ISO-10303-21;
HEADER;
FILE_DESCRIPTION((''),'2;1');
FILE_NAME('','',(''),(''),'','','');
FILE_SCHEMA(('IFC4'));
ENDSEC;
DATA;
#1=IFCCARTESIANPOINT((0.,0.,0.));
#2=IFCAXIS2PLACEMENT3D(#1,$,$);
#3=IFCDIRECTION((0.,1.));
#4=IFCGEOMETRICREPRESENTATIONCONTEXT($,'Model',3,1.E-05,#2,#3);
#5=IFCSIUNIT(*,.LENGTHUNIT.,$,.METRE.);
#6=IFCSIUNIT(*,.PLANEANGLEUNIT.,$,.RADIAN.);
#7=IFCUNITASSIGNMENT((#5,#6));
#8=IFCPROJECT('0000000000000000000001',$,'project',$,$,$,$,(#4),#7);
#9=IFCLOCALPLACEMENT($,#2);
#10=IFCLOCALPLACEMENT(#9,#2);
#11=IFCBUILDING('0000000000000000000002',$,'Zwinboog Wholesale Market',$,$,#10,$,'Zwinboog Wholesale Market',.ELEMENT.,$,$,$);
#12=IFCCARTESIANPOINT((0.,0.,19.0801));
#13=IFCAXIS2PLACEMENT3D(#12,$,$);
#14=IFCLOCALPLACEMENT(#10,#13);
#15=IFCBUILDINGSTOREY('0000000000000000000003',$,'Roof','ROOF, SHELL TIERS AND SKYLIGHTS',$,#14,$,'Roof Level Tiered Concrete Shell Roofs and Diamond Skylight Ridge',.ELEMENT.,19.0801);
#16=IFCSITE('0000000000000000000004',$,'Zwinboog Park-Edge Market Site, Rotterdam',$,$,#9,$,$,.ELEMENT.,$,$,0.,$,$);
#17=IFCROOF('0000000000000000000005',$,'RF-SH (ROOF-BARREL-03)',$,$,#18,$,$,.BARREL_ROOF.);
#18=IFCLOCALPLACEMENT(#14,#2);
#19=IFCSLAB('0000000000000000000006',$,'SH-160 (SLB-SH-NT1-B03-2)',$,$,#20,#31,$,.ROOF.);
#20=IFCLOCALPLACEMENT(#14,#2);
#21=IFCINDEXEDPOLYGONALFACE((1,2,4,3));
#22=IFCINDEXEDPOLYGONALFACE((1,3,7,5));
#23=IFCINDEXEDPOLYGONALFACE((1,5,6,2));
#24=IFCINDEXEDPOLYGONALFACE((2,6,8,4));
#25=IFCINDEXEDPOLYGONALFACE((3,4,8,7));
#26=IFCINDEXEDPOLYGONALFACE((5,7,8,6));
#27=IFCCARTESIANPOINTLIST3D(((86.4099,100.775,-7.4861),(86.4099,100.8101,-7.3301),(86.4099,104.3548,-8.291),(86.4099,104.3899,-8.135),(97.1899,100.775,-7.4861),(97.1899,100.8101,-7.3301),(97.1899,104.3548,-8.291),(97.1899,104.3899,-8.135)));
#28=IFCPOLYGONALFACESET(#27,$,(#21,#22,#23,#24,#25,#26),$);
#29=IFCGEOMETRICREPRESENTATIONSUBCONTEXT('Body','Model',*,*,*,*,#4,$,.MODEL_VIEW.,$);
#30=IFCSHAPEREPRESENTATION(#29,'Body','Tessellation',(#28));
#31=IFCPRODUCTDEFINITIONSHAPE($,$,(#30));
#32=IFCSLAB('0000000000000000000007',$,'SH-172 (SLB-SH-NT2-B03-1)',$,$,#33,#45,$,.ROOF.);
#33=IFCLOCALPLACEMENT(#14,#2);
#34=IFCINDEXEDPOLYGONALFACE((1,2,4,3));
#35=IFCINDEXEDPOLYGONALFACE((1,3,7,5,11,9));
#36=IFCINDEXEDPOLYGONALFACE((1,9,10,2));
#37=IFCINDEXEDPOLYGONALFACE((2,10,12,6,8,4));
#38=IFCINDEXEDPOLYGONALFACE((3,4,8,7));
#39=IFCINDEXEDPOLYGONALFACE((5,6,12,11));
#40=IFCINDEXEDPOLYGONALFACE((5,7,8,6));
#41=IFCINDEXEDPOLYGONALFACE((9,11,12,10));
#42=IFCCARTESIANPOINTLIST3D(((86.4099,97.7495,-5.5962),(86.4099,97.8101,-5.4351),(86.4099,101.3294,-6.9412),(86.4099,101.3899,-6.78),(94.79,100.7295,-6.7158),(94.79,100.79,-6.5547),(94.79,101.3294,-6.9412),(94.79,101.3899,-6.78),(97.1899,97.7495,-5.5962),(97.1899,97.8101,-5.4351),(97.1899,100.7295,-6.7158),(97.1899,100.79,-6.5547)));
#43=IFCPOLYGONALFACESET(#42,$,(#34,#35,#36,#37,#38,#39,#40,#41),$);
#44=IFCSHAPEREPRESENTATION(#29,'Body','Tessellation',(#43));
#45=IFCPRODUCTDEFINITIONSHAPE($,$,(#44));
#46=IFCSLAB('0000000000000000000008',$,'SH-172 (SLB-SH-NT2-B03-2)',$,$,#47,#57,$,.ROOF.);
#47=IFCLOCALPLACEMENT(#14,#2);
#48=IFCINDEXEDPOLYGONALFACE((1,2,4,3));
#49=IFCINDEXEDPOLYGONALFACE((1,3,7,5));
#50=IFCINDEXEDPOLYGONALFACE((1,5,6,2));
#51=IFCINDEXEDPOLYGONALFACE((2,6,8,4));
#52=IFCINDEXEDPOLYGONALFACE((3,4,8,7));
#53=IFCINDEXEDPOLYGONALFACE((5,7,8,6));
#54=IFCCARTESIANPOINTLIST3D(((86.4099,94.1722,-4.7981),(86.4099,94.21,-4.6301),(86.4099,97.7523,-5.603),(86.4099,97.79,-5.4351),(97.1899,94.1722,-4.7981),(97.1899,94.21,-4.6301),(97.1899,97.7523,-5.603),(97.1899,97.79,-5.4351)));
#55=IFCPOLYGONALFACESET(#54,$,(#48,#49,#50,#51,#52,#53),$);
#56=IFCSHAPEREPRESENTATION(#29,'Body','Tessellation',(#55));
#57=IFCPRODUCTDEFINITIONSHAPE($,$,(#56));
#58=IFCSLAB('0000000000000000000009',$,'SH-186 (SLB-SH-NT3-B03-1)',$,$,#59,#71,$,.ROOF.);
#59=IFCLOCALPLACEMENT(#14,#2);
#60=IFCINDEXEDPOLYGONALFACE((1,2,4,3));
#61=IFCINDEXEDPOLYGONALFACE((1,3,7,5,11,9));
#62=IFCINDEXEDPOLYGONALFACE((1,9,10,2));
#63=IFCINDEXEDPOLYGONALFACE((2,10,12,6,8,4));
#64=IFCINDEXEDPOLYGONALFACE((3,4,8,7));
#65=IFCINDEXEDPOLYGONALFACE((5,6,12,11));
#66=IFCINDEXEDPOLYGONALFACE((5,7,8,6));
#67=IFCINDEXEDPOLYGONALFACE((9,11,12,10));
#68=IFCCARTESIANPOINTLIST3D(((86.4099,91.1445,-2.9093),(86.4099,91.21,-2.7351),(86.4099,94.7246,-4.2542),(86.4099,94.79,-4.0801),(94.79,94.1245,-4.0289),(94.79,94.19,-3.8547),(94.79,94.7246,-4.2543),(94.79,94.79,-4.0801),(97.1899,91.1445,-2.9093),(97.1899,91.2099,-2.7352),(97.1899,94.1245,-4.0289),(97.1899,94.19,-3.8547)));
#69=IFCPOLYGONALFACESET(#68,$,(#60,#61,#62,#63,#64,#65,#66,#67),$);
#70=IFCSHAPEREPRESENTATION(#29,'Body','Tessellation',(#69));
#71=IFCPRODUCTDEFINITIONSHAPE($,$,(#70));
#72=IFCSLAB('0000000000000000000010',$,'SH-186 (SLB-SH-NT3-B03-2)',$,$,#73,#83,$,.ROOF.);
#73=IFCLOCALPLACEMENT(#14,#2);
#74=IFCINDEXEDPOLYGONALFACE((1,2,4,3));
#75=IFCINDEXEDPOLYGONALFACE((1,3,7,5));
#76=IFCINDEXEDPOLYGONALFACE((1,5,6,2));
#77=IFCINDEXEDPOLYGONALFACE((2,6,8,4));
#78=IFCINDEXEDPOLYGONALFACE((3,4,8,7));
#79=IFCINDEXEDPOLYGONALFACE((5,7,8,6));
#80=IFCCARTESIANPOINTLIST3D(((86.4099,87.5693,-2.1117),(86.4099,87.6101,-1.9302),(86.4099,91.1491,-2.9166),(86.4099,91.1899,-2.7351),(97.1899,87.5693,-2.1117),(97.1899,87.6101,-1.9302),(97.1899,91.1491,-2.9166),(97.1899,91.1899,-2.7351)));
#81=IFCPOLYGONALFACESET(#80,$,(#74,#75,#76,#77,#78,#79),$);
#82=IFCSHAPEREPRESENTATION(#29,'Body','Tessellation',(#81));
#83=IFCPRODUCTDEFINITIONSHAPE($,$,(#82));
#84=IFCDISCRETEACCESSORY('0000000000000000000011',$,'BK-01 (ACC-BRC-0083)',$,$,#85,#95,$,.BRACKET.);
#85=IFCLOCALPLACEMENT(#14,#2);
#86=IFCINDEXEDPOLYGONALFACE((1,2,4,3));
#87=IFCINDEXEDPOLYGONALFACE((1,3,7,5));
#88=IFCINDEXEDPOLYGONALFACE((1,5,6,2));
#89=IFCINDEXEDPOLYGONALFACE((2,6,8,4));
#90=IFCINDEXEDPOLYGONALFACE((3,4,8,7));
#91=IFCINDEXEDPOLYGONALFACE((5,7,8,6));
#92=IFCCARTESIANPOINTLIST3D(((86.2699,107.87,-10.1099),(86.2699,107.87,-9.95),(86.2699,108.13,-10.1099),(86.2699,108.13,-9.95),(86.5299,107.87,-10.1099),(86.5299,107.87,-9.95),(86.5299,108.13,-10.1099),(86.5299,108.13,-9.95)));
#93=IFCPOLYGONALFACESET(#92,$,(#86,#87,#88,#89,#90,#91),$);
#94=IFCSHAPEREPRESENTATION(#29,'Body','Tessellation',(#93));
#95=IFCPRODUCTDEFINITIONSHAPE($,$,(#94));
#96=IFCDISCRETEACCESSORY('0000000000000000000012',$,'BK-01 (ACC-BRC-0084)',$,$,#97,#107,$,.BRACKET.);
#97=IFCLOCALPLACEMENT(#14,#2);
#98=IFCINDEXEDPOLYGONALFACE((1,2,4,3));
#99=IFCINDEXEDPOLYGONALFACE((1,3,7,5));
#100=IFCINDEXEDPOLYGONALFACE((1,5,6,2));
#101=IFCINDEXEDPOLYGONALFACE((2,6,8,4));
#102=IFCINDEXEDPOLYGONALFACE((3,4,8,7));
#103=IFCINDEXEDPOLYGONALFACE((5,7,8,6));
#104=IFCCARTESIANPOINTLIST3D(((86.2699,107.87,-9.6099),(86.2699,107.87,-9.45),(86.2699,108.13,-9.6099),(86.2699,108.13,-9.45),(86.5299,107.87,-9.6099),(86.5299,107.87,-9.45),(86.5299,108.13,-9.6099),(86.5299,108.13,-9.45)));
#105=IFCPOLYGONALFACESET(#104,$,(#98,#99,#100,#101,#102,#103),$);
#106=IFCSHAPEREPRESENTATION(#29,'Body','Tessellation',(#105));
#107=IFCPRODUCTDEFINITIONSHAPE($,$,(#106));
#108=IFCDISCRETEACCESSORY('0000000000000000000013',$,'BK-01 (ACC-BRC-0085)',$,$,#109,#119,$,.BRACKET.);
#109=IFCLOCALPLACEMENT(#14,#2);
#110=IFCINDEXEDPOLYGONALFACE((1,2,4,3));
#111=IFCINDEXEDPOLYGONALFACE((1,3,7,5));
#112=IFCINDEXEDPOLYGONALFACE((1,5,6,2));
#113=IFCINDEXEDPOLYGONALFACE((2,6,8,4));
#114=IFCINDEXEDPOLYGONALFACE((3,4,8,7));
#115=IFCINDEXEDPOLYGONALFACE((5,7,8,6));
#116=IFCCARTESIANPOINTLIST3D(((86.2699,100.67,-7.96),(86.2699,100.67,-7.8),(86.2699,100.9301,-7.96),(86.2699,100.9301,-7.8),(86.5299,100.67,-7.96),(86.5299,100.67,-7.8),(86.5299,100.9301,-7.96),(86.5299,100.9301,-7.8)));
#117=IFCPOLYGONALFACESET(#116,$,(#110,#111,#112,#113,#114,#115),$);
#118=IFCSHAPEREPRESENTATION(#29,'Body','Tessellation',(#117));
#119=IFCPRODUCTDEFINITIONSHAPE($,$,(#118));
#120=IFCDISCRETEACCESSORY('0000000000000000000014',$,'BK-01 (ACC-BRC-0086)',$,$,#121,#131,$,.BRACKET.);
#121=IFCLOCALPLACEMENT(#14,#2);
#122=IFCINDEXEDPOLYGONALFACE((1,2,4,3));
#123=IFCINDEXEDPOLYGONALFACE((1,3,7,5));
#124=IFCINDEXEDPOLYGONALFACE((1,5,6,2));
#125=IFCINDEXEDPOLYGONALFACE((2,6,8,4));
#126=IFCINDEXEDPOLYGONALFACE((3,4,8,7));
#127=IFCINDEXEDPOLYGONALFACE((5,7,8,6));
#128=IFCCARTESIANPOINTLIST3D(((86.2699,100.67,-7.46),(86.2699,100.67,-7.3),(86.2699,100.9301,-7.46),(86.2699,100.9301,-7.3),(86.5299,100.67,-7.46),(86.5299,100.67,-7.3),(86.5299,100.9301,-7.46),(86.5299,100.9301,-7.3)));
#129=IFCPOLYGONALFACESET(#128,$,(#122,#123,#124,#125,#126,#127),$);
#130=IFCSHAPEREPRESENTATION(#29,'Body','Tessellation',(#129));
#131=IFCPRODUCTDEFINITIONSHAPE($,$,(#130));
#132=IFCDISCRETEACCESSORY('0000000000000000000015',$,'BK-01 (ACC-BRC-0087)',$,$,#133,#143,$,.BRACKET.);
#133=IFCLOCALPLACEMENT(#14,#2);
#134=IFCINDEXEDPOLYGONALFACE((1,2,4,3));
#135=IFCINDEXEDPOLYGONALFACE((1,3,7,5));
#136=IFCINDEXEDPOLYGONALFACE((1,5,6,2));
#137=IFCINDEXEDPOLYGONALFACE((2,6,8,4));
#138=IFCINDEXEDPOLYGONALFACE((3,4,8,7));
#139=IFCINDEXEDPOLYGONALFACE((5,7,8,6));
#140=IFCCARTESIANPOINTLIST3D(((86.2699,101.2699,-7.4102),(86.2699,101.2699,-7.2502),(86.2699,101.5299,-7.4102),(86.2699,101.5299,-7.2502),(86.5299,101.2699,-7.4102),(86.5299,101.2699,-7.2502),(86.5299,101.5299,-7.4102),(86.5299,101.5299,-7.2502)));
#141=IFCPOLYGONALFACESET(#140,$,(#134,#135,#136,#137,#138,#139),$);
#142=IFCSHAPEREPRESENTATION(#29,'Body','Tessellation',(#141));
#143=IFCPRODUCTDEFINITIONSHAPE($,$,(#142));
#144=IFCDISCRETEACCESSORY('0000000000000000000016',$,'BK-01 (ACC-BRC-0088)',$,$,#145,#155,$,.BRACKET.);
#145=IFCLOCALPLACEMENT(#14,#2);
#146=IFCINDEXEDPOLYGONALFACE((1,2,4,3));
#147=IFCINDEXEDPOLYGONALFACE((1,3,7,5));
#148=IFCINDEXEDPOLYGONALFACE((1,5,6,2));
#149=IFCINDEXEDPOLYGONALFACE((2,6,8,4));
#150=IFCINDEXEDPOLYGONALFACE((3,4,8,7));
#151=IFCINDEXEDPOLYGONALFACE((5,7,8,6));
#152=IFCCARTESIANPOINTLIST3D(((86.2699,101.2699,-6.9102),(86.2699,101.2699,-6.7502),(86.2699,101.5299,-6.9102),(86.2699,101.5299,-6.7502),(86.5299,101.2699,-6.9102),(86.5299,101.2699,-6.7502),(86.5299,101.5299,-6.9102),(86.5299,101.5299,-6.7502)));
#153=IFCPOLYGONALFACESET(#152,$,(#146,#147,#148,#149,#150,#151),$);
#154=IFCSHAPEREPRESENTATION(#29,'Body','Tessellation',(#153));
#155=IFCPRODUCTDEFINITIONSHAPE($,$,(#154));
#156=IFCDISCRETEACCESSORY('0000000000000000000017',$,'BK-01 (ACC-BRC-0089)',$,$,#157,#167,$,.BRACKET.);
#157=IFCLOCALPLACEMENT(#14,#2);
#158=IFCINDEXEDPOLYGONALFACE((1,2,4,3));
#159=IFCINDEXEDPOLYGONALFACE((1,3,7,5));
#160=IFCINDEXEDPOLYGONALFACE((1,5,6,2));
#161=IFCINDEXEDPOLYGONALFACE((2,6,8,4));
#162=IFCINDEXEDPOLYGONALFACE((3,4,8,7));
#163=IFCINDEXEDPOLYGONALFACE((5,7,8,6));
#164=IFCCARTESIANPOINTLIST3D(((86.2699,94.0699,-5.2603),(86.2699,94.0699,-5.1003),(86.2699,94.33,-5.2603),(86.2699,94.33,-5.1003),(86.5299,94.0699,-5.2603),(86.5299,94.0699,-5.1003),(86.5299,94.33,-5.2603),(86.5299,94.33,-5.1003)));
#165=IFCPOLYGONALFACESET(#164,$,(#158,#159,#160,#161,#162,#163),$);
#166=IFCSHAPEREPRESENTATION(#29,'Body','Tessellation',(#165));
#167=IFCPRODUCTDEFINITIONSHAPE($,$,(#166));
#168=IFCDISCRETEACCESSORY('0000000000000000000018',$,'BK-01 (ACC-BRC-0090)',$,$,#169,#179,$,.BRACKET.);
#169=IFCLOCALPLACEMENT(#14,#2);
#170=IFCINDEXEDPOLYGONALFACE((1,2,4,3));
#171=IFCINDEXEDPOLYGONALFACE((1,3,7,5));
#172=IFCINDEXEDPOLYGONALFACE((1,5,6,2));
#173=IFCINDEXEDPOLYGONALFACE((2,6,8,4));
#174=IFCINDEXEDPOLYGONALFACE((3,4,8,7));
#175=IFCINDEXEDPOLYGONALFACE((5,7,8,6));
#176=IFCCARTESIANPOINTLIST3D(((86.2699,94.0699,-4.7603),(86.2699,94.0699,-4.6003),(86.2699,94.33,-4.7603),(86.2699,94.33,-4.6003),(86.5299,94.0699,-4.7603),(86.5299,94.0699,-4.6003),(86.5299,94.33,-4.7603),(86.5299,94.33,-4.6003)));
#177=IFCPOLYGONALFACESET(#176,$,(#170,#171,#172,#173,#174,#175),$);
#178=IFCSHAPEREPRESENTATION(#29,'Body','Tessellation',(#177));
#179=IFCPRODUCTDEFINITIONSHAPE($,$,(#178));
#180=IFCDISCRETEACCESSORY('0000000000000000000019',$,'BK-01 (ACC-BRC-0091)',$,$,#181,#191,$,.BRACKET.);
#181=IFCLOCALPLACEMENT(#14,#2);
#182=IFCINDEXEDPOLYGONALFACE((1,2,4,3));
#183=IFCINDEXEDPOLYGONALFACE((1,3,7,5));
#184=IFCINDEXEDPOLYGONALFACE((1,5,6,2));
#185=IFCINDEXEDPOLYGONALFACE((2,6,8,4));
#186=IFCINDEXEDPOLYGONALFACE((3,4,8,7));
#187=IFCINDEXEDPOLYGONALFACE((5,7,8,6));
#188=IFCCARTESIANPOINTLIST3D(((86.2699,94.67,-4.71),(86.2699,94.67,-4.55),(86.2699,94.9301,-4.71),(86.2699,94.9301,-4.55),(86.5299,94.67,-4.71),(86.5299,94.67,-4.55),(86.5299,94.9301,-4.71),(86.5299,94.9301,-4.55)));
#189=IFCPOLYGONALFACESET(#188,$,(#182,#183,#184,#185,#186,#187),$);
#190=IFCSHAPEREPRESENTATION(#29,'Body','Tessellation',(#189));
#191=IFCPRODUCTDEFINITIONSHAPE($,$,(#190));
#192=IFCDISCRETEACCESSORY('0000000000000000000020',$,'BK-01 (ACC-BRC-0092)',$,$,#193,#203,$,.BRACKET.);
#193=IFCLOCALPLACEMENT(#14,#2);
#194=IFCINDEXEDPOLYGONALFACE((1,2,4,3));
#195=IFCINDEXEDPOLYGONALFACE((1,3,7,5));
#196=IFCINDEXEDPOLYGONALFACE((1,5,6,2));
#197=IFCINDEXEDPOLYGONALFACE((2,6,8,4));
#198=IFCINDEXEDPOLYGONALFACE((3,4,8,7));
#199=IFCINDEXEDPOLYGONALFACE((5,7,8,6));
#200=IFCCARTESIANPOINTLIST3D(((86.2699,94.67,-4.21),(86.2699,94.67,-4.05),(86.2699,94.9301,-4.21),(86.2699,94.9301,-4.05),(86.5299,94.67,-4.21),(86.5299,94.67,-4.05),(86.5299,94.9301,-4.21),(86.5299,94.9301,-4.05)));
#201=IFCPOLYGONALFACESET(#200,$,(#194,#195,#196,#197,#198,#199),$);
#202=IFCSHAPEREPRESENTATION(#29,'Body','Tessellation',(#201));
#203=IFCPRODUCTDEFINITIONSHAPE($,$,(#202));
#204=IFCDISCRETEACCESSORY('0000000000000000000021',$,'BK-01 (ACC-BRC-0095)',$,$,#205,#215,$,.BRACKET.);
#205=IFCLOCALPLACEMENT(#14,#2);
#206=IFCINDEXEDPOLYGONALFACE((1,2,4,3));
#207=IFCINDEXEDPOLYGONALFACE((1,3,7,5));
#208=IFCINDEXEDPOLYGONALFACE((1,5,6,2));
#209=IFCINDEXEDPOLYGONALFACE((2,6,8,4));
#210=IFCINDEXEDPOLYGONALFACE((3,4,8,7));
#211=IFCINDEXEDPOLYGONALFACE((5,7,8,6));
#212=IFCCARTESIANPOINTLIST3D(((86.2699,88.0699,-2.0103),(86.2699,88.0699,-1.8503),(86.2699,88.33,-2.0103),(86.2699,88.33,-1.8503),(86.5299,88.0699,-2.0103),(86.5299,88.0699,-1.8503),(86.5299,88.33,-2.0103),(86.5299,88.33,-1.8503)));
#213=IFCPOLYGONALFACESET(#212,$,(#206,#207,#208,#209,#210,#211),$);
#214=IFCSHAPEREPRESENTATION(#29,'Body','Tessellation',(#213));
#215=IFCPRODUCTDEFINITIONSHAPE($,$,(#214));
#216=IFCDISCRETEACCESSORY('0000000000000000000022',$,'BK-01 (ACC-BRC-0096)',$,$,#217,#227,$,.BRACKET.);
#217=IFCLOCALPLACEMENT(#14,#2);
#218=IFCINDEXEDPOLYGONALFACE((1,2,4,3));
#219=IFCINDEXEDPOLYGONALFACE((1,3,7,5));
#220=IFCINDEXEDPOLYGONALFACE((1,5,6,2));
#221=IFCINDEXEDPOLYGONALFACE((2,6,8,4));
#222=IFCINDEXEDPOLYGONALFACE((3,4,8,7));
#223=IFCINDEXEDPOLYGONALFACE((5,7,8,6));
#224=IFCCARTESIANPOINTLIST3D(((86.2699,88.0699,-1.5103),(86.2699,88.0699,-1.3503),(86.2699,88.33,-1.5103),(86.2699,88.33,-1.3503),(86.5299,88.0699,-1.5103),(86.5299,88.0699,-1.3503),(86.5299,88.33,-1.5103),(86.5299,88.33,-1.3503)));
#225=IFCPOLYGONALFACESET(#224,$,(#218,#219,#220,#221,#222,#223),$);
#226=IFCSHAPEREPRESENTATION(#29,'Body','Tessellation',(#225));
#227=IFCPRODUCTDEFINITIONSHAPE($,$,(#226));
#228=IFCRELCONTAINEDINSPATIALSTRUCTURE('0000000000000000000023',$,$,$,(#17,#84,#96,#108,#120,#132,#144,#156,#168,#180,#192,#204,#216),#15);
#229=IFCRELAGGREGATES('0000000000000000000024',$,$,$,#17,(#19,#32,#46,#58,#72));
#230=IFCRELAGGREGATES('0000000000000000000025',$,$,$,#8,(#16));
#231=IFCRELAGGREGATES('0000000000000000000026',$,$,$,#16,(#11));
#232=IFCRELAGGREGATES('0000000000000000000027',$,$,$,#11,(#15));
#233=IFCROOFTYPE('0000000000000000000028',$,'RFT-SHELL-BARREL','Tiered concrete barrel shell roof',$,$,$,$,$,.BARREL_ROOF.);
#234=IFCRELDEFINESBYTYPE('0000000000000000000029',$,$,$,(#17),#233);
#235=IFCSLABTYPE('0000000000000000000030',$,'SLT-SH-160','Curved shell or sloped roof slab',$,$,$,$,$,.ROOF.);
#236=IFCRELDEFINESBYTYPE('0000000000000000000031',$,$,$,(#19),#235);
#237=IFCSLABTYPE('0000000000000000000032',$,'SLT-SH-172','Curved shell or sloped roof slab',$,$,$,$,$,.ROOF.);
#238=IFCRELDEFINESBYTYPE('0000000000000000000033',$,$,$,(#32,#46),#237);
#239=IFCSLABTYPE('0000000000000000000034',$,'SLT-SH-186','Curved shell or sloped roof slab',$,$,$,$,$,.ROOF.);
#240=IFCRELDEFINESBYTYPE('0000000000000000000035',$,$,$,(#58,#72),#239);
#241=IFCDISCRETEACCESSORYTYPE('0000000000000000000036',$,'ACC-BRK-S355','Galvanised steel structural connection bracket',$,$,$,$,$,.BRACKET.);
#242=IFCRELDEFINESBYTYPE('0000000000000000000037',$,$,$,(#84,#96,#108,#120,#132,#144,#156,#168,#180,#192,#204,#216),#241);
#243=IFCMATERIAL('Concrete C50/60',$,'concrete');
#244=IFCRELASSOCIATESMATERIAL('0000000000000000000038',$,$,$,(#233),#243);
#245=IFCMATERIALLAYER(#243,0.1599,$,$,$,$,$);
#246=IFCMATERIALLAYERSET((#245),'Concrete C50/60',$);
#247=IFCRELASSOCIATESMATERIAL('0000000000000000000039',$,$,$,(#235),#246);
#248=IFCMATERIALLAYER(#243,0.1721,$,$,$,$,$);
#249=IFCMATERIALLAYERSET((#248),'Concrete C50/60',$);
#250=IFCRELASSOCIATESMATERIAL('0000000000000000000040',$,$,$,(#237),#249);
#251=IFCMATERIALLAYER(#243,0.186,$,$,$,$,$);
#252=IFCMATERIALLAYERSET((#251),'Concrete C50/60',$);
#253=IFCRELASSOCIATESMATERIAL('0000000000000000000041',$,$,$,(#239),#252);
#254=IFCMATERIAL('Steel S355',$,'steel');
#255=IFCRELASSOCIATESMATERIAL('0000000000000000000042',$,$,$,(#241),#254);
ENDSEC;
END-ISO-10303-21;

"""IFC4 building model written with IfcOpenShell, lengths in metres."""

from ifc_helpers import new_model, si_unit, direction, frame, origin, origin_2d, place, context, subcontext, project, spatial, polyline, rectangle, outline, extrude, material, layer, layer_set, type_object, element, aggregate, save


model = new_model("IFC4")

# Units and contexts
model_context = context("Model", 3, precision=1e-05, world=origin(), true_north=direction((0.0, 1.0)))
body_context = subcontext(model_context, "Body", "Model", "MODEL_VIEW")
ifc_project = project(units=[si_unit("LENGTHUNIT", "METRE"), si_unit("PLANEANGLEUNIT", "RADIAN")], contexts=[model_context])

# Site, building, storey
site_placement = place(None, origin())
site = spatial("IfcSite", under=ifc_project, at=site_placement, Name="Zwinboog Park-Edge Market Site, Rotterdam", CompositionType="ELEMENT", RefElevation=0.0)
building_placement = place(site_placement, origin())
building = spatial("IfcBuilding", under=site, at=building_placement, Name="Zwinboog Wholesale Market", LongName="Zwinboog Wholesale Market", CompositionType="ELEMENT")
storey_placement = place(building_placement, frame((0.0, 0.0, 19.0801)))
storey = spatial("IfcBuildingStorey", under=building, at=storey_placement, Name="Roof", Description="ROOF, SHELL TIERS AND SKYLIGHTS", LongName="Roof Level Tiered Concrete Shell Roofs and Diamond Skylight Ridge", CompositionType="ELEMENT", Elevation=19.0801)

# Shared definitions
ifc_material_1 = material(Name="Steel S355", Category="steel")

# Roof, slabs
ifc_material_2 = material(Name="Concrete C50/60", Category="concrete")
roof_type = type_object("IfcRoofType", Name="RFT-SHELL-BARREL", Description="Tiered concrete barrel shell roof", PredefinedType="BARREL_ROOF", material=ifc_material_2)
roof_placement = place(storey_placement, origin())
roof = element("IfcRoof", 1, at=roof_placement, inside=storey, type_object=roof_type, Name="RF-SH (ROOF-BARREL-03)", PredefinedType="BARREL_ROOF")
ifc_layer_1 = layer(ifc_material_2, 0.1599)
ifc_layer_set_1 = layer_set([ifc_layer_1], Name="Concrete C50/60")
slab_type_1 = type_object("IfcSlabType", Name="SLT-SH-160", Description="Curved shell or sloped roof slab", PredefinedType="ROOF", material=ifc_layer_set_1)
slab_1_placement = place(storey_placement, frame((86.4099, 100.8101, -7.3301), z_axis=(0.0, 0.219374, 0.975641), x_axis=(1.0, 0.0, 0.0)))
slab_1 = element("IfcSlab", 2, at=slab_1_placement, type_object=slab_type_1, Name="SH-160 (SLB-SH-NT1-B03-2)", PredefinedType="ROOF", context=body_context, shape_type="SweptSolid", body=[
    extrude(outline(polyline([(0.0, 0.0), (10.78, 0.0), (10.78, 3.6692), (0.0, 3.6692), (0.0, 0.0)])), origin(), (0.0, 0.0, -1.0), 0.1599),
])
ifc_layer_2 = layer(ifc_material_2, 0.1721)
ifc_layer_set_2 = layer_set([ifc_layer_2], Name="Concrete C50/60")
slab_type_2 = type_object("IfcSlabType", Name="SLT-SH-172", Description="Curved shell or sloped roof slab", PredefinedType="ROOF", material=ifc_layer_set_2)
slab_2_placement = place(storey_placement, frame((86.4099, 97.8101, -5.4351), z_axis=(0.000001, 0.351706, 0.936111), x_axis=(1.0, 0.0, -0.000001)))
slab_2 = element("IfcSlab", 3, at=slab_2_placement, type_object=slab_type_2, Name="SH-172 (SLB-SH-NT2-B03-1)", PredefinedType="ROOF", context=body_context, shape_type="SweptSolid", body=[
    extrude(outline(polyline([(0.0, 0.0), (10.78, 0.0), (10.78, 3.1834), (8.3801, 3.1834), (8.3801, 3.8242), (0.0, 3.8242), (0.0, 0.0)])), origin(), (0.0, 0.0, -1.0), 0.1721),
])
slab_3_placement = place(storey_placement, frame((86.4099, 94.21, -4.6301), z_axis=(0.0, 0.21936, 0.975644), x_axis=(1.0, 0.0, 0.0)))
slab_3 = element("IfcSlab", 4, at=slab_3_placement, type_object=slab_type_2, Name="SH-172 (SLB-SH-NT2-B03-2)", PredefinedType="ROOF", context=body_context, shape_type="SweptSolid", body=[
    extrude(outline(polyline([(0.0, 0.0), (10.78, 0.0), (10.78, 3.6695), (0.0, 3.6695), (0.0, 0.0)])), origin(), (0.0, 0.0, -1.0), 0.1721),
])
ifc_layer_3 = layer(ifc_material_2, 0.186)
ifc_layer_set_3 = layer_set([ifc_layer_3], Name="Concrete C50/60")
slab_type_3 = type_object("IfcSlabType", Name="SLT-SH-186", Description="Curved shell or sloped roof slab", PredefinedType="ROOF", material=ifc_layer_set_3)
slab_4_placement = place(storey_placement, frame((86.4099, 91.21, -2.7351), z_axis=(0.000005, 0.351689, 0.936117), x_axis=(1.0, -0.000002, -0.000004)))
slab_4 = element("IfcSlab", 5, at=slab_4_placement, type_object=slab_type_3, Name="SH-186 (SLB-SH-NT3-B03-1)", PredefinedType="ROOF", context=body_context, shape_type="SweptSolid", body=[
    extrude(outline(polyline([(0.0, 0.0), (10.78, 0.0), (10.78, 3.1834), (8.3801, 3.1834), (8.3801, 3.8244), (0.0, 3.8244), (0.0, 0.0)])), origin(), (0.0, 0.0, -1.0), 0.186),
])
slab_5_placement = place(storey_placement, frame((86.4099, 87.6101, -1.9302), z_axis=(0.0, 0.219374, 0.975641), x_axis=(1.0, 0.0, 0.0)))
slab_5 = element("IfcSlab", 6, at=slab_5_placement, type_object=slab_type_3, Name="SH-186 (SLB-SH-NT3-B03-2)", PredefinedType="ROOF", context=body_context, shape_type="SweptSolid", body=[
    extrude(outline(polyline([(0.0, 0.0), (10.78, 0.0), (10.78, 3.6692), (0.0, 3.6692), (0.0, 0.0)])), origin(), (0.0, 0.0, -1.0), 0.186),
])
aggregate(roof, [slab_1, slab_2, slab_3, slab_4, slab_5])

# Discrete accessories
discrete_accessory_type = type_object("IfcDiscreteAccessoryType", Name="ACC-BRK-S355", Description="Galvanised steel structural connection bracket", PredefinedType="BRACKET", material=ifc_material_1)
for number, where, z_axis, x_axis, name in (
    (7, (86.3999, 108.0, -10.1099), (0.0, 0.0, 1.0), (1.0, 0.0, 0.0), "BK-01 (ACC-BRC-0083)"),
    (8, (86.3999, 108.0, -9.6099), (0.0, 0.0, 1.0), (1.0, 0.0, 0.0), "BK-01 (ACC-BRC-0084)"),
    (9, (86.3999, 100.8, -7.96), (0.0, 0.0, 1.0), (1.0, 0.0, 0.0), "BK-01 (ACC-BRC-0085)"),
    (10, (86.3999, 100.8, -7.46), (0.0, 0.0, 1.0), (1.0, 0.0, 0.0), "BK-01 (ACC-BRC-0086)"),
    (11, (86.3999, 101.3999, -7.4102), (0.0, 0.0, 1.0), (1.0, 0.0, 0.0), "BK-01 (ACC-BRC-0087)"),
    (12, (86.3999, 101.3999, -6.9102), (0.0, 0.0, 1.0), (1.0, 0.0, 0.0), "BK-01 (ACC-BRC-0088)"),
    (13, (86.3999, 94.2, -5.2603), (0.0, 0.0, 1.0), (1.0, 0.0, 0.0), "BK-01 (ACC-BRC-0089)"),
    (14, (86.3999, 94.2, -4.7603), (0.0, 0.0, 1.0), (1.0, 0.0, 0.0), "BK-01 (ACC-BRC-0090)"),
    (15, (86.3999, 94.8, -4.71), (0.0, 0.0, 1.0), (1.0, 0.0, 0.0), "BK-01 (ACC-BRC-0091)"),
    (16, (86.3999, 94.8, -4.21), (0.0, 0.0, 1.0), (1.0, 0.0, 0.0), "BK-01 (ACC-BRC-0092)"),
    (17, (86.3999, 88.2, -2.0103), (0.0, 0.0, 1.0), (1.0, 0.0, 0.0), "BK-01 (ACC-BRC-0095)"),
    (18, (86.3999, 88.2, -1.5103), (0.0, 0.0, 1.0), (1.0, 0.0, 0.0), "BK-01 (ACC-BRC-0096)"),
):
    element("IfcDiscreteAccessory", number, at=place(storey_placement, frame(where, z_axis=z_axis, x_axis=x_axis)), inside=storey, type_object=discrete_accessory_type, Name=name, PredefinedType="BRACKET", context=body_context, shape_type="SweptSolid", body=[
        extrude(rectangle(XDim=0.26, YDim=0.26, at=origin_2d()), origin(), (0.0, 0.0, 1.0), 0.1599),
    ])

save(model, "model.ifc")
